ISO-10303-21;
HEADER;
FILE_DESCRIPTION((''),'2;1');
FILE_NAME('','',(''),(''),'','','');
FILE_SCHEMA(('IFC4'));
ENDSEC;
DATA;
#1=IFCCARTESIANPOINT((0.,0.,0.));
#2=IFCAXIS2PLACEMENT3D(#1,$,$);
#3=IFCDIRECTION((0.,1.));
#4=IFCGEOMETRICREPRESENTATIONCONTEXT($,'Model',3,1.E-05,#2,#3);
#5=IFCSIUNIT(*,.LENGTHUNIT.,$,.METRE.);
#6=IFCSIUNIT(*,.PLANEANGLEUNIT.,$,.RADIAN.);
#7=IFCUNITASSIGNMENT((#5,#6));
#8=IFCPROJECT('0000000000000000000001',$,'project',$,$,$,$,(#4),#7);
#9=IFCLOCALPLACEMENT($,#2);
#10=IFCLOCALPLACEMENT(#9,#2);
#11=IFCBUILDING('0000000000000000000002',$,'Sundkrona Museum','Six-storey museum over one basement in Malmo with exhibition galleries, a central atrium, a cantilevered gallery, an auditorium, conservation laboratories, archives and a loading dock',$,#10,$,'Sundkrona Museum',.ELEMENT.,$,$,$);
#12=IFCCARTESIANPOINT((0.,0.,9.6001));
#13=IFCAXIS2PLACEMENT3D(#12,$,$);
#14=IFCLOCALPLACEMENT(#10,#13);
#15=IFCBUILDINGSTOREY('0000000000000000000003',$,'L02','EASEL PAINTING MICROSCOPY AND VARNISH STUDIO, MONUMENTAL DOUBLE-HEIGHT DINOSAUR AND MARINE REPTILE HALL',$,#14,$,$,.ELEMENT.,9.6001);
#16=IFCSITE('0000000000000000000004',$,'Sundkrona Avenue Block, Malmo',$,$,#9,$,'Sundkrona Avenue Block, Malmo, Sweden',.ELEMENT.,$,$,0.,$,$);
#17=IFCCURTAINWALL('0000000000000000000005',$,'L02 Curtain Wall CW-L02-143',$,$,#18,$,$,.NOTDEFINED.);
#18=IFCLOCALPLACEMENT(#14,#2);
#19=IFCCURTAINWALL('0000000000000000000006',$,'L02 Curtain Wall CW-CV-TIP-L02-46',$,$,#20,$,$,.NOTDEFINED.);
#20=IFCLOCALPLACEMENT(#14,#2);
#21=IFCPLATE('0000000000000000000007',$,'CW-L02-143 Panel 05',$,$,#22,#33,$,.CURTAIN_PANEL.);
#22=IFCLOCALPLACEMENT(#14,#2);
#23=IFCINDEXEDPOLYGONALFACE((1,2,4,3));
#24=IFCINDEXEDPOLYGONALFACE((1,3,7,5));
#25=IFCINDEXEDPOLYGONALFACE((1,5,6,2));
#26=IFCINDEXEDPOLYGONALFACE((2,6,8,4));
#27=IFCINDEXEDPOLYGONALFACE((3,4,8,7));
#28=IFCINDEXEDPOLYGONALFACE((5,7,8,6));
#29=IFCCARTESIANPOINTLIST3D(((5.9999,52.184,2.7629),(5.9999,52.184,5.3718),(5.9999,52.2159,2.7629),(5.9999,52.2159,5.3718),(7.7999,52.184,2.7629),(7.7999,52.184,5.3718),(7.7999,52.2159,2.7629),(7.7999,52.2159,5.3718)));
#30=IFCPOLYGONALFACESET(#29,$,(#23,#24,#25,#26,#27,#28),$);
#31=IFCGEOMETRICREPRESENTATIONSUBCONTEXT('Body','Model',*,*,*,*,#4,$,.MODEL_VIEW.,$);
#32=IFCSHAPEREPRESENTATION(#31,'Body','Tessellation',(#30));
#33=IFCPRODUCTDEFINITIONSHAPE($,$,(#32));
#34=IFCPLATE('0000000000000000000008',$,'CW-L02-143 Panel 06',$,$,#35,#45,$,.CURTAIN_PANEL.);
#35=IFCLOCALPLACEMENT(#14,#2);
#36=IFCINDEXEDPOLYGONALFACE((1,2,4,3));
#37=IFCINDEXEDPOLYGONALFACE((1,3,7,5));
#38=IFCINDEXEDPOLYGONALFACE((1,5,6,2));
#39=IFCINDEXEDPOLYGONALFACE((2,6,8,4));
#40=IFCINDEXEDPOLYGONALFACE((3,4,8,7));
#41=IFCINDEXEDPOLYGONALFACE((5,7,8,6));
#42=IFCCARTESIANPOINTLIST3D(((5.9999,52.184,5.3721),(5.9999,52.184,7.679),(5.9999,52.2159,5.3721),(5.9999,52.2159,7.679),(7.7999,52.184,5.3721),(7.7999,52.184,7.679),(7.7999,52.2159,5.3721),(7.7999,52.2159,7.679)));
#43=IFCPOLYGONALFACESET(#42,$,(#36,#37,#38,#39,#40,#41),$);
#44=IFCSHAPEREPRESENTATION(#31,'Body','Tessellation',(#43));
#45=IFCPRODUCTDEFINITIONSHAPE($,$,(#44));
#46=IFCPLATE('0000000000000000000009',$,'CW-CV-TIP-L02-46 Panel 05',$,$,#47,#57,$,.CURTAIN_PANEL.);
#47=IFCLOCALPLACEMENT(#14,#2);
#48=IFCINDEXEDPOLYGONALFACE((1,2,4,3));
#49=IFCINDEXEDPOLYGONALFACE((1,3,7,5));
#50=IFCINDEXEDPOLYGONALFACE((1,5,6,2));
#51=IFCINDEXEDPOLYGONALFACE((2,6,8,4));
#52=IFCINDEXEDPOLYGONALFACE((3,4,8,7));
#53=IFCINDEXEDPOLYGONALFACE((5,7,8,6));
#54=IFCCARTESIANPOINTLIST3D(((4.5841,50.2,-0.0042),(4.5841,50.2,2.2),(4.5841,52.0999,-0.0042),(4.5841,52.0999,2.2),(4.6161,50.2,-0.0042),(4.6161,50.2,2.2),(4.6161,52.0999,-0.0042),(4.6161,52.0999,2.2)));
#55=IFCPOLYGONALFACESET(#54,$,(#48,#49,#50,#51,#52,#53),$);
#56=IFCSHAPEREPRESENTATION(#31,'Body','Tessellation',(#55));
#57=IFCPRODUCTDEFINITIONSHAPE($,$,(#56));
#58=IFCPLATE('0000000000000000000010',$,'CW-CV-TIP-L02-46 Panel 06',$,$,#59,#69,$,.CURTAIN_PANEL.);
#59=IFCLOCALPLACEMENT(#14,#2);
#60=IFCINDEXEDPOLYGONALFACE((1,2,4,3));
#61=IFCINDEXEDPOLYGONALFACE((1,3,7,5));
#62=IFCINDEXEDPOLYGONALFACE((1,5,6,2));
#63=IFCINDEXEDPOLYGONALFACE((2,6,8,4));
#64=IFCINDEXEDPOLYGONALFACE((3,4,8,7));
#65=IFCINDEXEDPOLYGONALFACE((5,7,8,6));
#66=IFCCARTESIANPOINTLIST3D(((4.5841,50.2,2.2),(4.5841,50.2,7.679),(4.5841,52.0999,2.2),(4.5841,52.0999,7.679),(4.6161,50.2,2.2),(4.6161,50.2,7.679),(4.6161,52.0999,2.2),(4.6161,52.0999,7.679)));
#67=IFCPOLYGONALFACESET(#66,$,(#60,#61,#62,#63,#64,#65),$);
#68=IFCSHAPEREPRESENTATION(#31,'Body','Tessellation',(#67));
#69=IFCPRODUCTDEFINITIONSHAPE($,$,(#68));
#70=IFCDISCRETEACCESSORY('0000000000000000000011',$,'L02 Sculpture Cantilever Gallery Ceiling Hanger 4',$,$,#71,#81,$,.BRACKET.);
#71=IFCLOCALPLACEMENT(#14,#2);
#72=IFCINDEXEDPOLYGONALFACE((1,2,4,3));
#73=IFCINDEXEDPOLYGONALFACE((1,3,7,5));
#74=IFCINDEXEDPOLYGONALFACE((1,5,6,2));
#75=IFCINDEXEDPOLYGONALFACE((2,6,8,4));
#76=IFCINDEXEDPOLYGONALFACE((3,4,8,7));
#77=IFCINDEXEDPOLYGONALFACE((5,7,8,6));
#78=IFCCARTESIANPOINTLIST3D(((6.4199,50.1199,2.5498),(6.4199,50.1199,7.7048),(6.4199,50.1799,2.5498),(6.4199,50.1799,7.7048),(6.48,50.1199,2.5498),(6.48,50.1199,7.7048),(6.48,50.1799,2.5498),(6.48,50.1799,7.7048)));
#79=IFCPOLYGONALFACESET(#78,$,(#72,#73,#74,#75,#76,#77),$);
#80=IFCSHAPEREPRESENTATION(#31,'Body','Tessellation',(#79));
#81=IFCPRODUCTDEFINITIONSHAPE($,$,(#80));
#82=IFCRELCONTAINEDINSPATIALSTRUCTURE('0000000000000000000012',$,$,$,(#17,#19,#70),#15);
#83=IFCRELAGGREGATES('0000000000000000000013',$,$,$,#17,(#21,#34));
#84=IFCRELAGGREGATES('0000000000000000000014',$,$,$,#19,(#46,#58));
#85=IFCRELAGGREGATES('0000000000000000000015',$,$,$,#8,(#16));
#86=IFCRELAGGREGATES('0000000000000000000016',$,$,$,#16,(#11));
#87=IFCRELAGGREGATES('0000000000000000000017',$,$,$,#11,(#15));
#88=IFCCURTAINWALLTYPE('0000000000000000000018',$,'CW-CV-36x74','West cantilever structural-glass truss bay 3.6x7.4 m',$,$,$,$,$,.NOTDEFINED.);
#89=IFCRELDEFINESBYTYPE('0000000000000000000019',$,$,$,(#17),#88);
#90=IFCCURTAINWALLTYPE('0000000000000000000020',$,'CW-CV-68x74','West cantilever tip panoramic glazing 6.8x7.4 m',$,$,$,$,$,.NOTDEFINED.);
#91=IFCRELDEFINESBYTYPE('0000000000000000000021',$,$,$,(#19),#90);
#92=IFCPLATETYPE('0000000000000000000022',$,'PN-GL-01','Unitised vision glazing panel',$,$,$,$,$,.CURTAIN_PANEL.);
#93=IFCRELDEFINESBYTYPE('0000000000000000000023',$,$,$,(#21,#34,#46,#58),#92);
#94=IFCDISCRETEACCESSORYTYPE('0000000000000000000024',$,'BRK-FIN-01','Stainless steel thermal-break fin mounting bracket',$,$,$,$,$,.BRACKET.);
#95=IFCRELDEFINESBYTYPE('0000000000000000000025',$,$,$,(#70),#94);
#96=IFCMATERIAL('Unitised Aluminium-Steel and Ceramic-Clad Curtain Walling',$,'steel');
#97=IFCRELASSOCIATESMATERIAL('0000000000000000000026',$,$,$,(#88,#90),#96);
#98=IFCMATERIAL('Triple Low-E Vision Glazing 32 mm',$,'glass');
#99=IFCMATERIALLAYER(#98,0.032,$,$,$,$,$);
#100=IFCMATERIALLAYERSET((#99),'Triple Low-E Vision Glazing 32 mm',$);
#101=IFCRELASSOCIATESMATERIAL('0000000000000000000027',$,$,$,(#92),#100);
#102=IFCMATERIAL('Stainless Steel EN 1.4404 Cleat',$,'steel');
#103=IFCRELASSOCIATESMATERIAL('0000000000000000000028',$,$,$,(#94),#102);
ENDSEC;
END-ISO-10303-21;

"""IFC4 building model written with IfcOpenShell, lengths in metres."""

from ifc_helpers import new_model, si_unit, direction, frame, origin, origin_2d, place, context, subcontext, project, spatial, rectangle, extrude, material, layer, layer_set, type_object, element, aggregate, save


model = new_model("IFC4")

# Units and contexts
model_context = context("Model", 3, precision=1e-05, world=origin(), true_north=direction((0.0, 1.0)))
body_context = subcontext(model_context, "Body", "Model", "MODEL_VIEW")
ifc_project = project(units=[si_unit("LENGTHUNIT", "METRE"), si_unit("PLANEANGLEUNIT", "RADIAN")], contexts=[model_context])

# Site, building, storey
site_placement = place(None, origin())
site = spatial("IfcSite", under=ifc_project, at=site_placement, Name="Sundkrona Avenue Block, Malmo", LongName="Sundkrona Avenue Block, Malmo, Sweden", CompositionType="ELEMENT", RefElevation=0.0)
building_placement = place(site_placement, origin())
building = spatial("IfcBuilding", under=site, at=building_placement, Name="Sundkrona Museum", Description="Six-storey museum over one basement in Malmo with exhibition galleries, a central atrium, a cantilevered gallery, an auditorium, conservation laboratories, archives and a loading dock", LongName="Sundkrona Museum", CompositionType="ELEMENT")
storey_placement = place(building_placement, frame((0.0, 0.0, 9.6001)))
storey = spatial("IfcBuildingStorey", under=building, at=storey_placement, Name="L02", Description="EASEL PAINTING MICROSCOPY AND VARNISH STUDIO, MONUMENTAL DOUBLE-HEIGHT DINOSAUR AND MARINE REPTILE HALL", CompositionType="ELEMENT", Elevation=9.6001)

# Curtain wall
ifc_material_1 = material(Name="Unitised Aluminium-Steel and Ceramic-Clad Curtain Walling", Category="steel")
curtain_wall_type_1 = type_object("IfcCurtainWallType", Name="CW-CV-36x74", Description="West cantilever structural-glass truss bay 3.6x7.4 m", PredefinedType="NOTDEFINED", material=ifc_material_1)
curtain_wall_1_placement = place(storey_placement, origin())
curtain_wall_1 = element("IfcCurtainWall", 1, at=curtain_wall_1_placement, inside=storey, type_object=curtain_wall_type_1, Name="L02 Curtain Wall CW-L02-143", PredefinedType="NOTDEFINED")

# Curtain wall
curtain_wall_type_2 = type_object("IfcCurtainWallType", Name="CW-CV-68x74", Description="West cantilever tip panoramic glazing 6.8x7.4 m", PredefinedType="NOTDEFINED", material=ifc_material_1)
curtain_wall_2_placement = place(storey_placement, origin())
curtain_wall_2 = element("IfcCurtainWall", 2, at=curtain_wall_2_placement, inside=storey, type_object=curtain_wall_type_2, Name="L02 Curtain Wall CW-CV-TIP-L02-46", PredefinedType="NOTDEFINED")

# Plates
ifc_material_2 = material(Name="Triple Low-E Vision Glazing 32 mm", Category="glass")
ifc_layer = layer(ifc_material_2, 0.032)
ifc_layer_set = layer_set([ifc_layer], Name="Triple Low-E Vision Glazing 32 mm")
plate_type = type_object("IfcPlateType", Name="PN-GL-01", Description="Unitised vision glazing panel", PredefinedType="CURTAIN_PANEL", material=ifc_layer_set)
plate_1_placement = place(storey_placement, frame((6.8999, 52.2, 2.7629), z_axis=(0.0, 0.0, 1.0), x_axis=(1.0, 0.0, 0.0)))
plate_1 = element("IfcPlate", 3, at=plate_1_placement, type_object=plate_type, Name="CW-L02-143 Panel 05", PredefinedType="CURTAIN_PANEL", context=body_context, shape_type="SweptSolid", body=[
    extrude(rectangle(XDim=1.8, YDim=0.032, at=origin_2d()), origin(), (0.0, 0.0, 1.0), 2.6089),
])
plate_2_placement = place(storey_placement, frame((6.8999, 52.2, 5.3721), z_axis=(0.0, 0.0, 1.0), x_axis=(1.0, 0.0, 0.0)))
plate_2 = element("IfcPlate", 4, at=plate_2_placement, type_object=plate_type, Name="CW-L02-143 Panel 06", PredefinedType="CURTAIN_PANEL", context=body_context, shape_type="SweptSolid", body=[
    extrude(rectangle(XDim=1.8, YDim=0.032, at=origin_2d()), origin(), (0.0, 0.0, 1.0), 2.3069),
])
aggregate(curtain_wall_1, [plate_1, plate_2])
plate_3_placement = place(storey_placement, frame((4.6001, 51.1499, -0.0042), z_axis=(0.0, 0.0, 1.0), x_axis=(0.0, 1.0, 0.0)))
plate_3 = element("IfcPlate", 5, at=plate_3_placement, type_object=plate_type, Name="CW-CV-TIP-L02-46 Panel 05", PredefinedType="CURTAIN_PANEL", context=body_context, shape_type="SweptSolid", body=[
    extrude(rectangle(XDim=1.8999, YDim=0.032, at=origin_2d()), origin(), (0.0, 0.0, 1.0), 2.2041),
])
plate_4_placement = place(storey_placement, frame((4.6001, 51.1499, 2.2), z_axis=(0.0, 0.0, 1.0), x_axis=(0.0, 1.0, 0.0)))
plate_4 = element("IfcPlate", 6, at=plate_4_placement, type_object=plate_type, Name="CW-CV-TIP-L02-46 Panel 06", PredefinedType="CURTAIN_PANEL", context=body_context, shape_type="SweptSolid", body=[
    extrude(rectangle(XDim=1.8999, YDim=0.032, at=origin_2d()), origin(), (0.0, 0.0, 1.0), 5.479),
])
aggregate(curtain_wall_2, [plate_3, plate_4])

# Discrete accessory
ifc_material_3 = material(Name="Stainless Steel EN 1.4404 Cleat", Category="steel")
discrete_accessory_type = type_object("IfcDiscreteAccessoryType", Name="BRK-FIN-01", Description="Stainless steel thermal-break fin mounting bracket", PredefinedType="BRACKET", material=ifc_material_3)
discrete_accessory_placement = place(storey_placement, frame((6.45, 50.1499, 2.5498), z_axis=(0.0, 0.0, 1.0), x_axis=(1.0, 0.0, 0.0)))
element("IfcDiscreteAccessory", 7, at=discrete_accessory_placement, inside=storey, type_object=discrete_accessory_type, Name="L02 Sculpture Cantilever Gallery Ceiling Hanger 4", PredefinedType="BRACKET", context=body_context, shape_type="SweptSolid", body=[
    extrude(rectangle(XDim=0.0601, YDim=0.0601, at=origin_2d()), origin(), (0.0, 0.0, 1.0), 5.155),
])

save(model, "model.ifc")
